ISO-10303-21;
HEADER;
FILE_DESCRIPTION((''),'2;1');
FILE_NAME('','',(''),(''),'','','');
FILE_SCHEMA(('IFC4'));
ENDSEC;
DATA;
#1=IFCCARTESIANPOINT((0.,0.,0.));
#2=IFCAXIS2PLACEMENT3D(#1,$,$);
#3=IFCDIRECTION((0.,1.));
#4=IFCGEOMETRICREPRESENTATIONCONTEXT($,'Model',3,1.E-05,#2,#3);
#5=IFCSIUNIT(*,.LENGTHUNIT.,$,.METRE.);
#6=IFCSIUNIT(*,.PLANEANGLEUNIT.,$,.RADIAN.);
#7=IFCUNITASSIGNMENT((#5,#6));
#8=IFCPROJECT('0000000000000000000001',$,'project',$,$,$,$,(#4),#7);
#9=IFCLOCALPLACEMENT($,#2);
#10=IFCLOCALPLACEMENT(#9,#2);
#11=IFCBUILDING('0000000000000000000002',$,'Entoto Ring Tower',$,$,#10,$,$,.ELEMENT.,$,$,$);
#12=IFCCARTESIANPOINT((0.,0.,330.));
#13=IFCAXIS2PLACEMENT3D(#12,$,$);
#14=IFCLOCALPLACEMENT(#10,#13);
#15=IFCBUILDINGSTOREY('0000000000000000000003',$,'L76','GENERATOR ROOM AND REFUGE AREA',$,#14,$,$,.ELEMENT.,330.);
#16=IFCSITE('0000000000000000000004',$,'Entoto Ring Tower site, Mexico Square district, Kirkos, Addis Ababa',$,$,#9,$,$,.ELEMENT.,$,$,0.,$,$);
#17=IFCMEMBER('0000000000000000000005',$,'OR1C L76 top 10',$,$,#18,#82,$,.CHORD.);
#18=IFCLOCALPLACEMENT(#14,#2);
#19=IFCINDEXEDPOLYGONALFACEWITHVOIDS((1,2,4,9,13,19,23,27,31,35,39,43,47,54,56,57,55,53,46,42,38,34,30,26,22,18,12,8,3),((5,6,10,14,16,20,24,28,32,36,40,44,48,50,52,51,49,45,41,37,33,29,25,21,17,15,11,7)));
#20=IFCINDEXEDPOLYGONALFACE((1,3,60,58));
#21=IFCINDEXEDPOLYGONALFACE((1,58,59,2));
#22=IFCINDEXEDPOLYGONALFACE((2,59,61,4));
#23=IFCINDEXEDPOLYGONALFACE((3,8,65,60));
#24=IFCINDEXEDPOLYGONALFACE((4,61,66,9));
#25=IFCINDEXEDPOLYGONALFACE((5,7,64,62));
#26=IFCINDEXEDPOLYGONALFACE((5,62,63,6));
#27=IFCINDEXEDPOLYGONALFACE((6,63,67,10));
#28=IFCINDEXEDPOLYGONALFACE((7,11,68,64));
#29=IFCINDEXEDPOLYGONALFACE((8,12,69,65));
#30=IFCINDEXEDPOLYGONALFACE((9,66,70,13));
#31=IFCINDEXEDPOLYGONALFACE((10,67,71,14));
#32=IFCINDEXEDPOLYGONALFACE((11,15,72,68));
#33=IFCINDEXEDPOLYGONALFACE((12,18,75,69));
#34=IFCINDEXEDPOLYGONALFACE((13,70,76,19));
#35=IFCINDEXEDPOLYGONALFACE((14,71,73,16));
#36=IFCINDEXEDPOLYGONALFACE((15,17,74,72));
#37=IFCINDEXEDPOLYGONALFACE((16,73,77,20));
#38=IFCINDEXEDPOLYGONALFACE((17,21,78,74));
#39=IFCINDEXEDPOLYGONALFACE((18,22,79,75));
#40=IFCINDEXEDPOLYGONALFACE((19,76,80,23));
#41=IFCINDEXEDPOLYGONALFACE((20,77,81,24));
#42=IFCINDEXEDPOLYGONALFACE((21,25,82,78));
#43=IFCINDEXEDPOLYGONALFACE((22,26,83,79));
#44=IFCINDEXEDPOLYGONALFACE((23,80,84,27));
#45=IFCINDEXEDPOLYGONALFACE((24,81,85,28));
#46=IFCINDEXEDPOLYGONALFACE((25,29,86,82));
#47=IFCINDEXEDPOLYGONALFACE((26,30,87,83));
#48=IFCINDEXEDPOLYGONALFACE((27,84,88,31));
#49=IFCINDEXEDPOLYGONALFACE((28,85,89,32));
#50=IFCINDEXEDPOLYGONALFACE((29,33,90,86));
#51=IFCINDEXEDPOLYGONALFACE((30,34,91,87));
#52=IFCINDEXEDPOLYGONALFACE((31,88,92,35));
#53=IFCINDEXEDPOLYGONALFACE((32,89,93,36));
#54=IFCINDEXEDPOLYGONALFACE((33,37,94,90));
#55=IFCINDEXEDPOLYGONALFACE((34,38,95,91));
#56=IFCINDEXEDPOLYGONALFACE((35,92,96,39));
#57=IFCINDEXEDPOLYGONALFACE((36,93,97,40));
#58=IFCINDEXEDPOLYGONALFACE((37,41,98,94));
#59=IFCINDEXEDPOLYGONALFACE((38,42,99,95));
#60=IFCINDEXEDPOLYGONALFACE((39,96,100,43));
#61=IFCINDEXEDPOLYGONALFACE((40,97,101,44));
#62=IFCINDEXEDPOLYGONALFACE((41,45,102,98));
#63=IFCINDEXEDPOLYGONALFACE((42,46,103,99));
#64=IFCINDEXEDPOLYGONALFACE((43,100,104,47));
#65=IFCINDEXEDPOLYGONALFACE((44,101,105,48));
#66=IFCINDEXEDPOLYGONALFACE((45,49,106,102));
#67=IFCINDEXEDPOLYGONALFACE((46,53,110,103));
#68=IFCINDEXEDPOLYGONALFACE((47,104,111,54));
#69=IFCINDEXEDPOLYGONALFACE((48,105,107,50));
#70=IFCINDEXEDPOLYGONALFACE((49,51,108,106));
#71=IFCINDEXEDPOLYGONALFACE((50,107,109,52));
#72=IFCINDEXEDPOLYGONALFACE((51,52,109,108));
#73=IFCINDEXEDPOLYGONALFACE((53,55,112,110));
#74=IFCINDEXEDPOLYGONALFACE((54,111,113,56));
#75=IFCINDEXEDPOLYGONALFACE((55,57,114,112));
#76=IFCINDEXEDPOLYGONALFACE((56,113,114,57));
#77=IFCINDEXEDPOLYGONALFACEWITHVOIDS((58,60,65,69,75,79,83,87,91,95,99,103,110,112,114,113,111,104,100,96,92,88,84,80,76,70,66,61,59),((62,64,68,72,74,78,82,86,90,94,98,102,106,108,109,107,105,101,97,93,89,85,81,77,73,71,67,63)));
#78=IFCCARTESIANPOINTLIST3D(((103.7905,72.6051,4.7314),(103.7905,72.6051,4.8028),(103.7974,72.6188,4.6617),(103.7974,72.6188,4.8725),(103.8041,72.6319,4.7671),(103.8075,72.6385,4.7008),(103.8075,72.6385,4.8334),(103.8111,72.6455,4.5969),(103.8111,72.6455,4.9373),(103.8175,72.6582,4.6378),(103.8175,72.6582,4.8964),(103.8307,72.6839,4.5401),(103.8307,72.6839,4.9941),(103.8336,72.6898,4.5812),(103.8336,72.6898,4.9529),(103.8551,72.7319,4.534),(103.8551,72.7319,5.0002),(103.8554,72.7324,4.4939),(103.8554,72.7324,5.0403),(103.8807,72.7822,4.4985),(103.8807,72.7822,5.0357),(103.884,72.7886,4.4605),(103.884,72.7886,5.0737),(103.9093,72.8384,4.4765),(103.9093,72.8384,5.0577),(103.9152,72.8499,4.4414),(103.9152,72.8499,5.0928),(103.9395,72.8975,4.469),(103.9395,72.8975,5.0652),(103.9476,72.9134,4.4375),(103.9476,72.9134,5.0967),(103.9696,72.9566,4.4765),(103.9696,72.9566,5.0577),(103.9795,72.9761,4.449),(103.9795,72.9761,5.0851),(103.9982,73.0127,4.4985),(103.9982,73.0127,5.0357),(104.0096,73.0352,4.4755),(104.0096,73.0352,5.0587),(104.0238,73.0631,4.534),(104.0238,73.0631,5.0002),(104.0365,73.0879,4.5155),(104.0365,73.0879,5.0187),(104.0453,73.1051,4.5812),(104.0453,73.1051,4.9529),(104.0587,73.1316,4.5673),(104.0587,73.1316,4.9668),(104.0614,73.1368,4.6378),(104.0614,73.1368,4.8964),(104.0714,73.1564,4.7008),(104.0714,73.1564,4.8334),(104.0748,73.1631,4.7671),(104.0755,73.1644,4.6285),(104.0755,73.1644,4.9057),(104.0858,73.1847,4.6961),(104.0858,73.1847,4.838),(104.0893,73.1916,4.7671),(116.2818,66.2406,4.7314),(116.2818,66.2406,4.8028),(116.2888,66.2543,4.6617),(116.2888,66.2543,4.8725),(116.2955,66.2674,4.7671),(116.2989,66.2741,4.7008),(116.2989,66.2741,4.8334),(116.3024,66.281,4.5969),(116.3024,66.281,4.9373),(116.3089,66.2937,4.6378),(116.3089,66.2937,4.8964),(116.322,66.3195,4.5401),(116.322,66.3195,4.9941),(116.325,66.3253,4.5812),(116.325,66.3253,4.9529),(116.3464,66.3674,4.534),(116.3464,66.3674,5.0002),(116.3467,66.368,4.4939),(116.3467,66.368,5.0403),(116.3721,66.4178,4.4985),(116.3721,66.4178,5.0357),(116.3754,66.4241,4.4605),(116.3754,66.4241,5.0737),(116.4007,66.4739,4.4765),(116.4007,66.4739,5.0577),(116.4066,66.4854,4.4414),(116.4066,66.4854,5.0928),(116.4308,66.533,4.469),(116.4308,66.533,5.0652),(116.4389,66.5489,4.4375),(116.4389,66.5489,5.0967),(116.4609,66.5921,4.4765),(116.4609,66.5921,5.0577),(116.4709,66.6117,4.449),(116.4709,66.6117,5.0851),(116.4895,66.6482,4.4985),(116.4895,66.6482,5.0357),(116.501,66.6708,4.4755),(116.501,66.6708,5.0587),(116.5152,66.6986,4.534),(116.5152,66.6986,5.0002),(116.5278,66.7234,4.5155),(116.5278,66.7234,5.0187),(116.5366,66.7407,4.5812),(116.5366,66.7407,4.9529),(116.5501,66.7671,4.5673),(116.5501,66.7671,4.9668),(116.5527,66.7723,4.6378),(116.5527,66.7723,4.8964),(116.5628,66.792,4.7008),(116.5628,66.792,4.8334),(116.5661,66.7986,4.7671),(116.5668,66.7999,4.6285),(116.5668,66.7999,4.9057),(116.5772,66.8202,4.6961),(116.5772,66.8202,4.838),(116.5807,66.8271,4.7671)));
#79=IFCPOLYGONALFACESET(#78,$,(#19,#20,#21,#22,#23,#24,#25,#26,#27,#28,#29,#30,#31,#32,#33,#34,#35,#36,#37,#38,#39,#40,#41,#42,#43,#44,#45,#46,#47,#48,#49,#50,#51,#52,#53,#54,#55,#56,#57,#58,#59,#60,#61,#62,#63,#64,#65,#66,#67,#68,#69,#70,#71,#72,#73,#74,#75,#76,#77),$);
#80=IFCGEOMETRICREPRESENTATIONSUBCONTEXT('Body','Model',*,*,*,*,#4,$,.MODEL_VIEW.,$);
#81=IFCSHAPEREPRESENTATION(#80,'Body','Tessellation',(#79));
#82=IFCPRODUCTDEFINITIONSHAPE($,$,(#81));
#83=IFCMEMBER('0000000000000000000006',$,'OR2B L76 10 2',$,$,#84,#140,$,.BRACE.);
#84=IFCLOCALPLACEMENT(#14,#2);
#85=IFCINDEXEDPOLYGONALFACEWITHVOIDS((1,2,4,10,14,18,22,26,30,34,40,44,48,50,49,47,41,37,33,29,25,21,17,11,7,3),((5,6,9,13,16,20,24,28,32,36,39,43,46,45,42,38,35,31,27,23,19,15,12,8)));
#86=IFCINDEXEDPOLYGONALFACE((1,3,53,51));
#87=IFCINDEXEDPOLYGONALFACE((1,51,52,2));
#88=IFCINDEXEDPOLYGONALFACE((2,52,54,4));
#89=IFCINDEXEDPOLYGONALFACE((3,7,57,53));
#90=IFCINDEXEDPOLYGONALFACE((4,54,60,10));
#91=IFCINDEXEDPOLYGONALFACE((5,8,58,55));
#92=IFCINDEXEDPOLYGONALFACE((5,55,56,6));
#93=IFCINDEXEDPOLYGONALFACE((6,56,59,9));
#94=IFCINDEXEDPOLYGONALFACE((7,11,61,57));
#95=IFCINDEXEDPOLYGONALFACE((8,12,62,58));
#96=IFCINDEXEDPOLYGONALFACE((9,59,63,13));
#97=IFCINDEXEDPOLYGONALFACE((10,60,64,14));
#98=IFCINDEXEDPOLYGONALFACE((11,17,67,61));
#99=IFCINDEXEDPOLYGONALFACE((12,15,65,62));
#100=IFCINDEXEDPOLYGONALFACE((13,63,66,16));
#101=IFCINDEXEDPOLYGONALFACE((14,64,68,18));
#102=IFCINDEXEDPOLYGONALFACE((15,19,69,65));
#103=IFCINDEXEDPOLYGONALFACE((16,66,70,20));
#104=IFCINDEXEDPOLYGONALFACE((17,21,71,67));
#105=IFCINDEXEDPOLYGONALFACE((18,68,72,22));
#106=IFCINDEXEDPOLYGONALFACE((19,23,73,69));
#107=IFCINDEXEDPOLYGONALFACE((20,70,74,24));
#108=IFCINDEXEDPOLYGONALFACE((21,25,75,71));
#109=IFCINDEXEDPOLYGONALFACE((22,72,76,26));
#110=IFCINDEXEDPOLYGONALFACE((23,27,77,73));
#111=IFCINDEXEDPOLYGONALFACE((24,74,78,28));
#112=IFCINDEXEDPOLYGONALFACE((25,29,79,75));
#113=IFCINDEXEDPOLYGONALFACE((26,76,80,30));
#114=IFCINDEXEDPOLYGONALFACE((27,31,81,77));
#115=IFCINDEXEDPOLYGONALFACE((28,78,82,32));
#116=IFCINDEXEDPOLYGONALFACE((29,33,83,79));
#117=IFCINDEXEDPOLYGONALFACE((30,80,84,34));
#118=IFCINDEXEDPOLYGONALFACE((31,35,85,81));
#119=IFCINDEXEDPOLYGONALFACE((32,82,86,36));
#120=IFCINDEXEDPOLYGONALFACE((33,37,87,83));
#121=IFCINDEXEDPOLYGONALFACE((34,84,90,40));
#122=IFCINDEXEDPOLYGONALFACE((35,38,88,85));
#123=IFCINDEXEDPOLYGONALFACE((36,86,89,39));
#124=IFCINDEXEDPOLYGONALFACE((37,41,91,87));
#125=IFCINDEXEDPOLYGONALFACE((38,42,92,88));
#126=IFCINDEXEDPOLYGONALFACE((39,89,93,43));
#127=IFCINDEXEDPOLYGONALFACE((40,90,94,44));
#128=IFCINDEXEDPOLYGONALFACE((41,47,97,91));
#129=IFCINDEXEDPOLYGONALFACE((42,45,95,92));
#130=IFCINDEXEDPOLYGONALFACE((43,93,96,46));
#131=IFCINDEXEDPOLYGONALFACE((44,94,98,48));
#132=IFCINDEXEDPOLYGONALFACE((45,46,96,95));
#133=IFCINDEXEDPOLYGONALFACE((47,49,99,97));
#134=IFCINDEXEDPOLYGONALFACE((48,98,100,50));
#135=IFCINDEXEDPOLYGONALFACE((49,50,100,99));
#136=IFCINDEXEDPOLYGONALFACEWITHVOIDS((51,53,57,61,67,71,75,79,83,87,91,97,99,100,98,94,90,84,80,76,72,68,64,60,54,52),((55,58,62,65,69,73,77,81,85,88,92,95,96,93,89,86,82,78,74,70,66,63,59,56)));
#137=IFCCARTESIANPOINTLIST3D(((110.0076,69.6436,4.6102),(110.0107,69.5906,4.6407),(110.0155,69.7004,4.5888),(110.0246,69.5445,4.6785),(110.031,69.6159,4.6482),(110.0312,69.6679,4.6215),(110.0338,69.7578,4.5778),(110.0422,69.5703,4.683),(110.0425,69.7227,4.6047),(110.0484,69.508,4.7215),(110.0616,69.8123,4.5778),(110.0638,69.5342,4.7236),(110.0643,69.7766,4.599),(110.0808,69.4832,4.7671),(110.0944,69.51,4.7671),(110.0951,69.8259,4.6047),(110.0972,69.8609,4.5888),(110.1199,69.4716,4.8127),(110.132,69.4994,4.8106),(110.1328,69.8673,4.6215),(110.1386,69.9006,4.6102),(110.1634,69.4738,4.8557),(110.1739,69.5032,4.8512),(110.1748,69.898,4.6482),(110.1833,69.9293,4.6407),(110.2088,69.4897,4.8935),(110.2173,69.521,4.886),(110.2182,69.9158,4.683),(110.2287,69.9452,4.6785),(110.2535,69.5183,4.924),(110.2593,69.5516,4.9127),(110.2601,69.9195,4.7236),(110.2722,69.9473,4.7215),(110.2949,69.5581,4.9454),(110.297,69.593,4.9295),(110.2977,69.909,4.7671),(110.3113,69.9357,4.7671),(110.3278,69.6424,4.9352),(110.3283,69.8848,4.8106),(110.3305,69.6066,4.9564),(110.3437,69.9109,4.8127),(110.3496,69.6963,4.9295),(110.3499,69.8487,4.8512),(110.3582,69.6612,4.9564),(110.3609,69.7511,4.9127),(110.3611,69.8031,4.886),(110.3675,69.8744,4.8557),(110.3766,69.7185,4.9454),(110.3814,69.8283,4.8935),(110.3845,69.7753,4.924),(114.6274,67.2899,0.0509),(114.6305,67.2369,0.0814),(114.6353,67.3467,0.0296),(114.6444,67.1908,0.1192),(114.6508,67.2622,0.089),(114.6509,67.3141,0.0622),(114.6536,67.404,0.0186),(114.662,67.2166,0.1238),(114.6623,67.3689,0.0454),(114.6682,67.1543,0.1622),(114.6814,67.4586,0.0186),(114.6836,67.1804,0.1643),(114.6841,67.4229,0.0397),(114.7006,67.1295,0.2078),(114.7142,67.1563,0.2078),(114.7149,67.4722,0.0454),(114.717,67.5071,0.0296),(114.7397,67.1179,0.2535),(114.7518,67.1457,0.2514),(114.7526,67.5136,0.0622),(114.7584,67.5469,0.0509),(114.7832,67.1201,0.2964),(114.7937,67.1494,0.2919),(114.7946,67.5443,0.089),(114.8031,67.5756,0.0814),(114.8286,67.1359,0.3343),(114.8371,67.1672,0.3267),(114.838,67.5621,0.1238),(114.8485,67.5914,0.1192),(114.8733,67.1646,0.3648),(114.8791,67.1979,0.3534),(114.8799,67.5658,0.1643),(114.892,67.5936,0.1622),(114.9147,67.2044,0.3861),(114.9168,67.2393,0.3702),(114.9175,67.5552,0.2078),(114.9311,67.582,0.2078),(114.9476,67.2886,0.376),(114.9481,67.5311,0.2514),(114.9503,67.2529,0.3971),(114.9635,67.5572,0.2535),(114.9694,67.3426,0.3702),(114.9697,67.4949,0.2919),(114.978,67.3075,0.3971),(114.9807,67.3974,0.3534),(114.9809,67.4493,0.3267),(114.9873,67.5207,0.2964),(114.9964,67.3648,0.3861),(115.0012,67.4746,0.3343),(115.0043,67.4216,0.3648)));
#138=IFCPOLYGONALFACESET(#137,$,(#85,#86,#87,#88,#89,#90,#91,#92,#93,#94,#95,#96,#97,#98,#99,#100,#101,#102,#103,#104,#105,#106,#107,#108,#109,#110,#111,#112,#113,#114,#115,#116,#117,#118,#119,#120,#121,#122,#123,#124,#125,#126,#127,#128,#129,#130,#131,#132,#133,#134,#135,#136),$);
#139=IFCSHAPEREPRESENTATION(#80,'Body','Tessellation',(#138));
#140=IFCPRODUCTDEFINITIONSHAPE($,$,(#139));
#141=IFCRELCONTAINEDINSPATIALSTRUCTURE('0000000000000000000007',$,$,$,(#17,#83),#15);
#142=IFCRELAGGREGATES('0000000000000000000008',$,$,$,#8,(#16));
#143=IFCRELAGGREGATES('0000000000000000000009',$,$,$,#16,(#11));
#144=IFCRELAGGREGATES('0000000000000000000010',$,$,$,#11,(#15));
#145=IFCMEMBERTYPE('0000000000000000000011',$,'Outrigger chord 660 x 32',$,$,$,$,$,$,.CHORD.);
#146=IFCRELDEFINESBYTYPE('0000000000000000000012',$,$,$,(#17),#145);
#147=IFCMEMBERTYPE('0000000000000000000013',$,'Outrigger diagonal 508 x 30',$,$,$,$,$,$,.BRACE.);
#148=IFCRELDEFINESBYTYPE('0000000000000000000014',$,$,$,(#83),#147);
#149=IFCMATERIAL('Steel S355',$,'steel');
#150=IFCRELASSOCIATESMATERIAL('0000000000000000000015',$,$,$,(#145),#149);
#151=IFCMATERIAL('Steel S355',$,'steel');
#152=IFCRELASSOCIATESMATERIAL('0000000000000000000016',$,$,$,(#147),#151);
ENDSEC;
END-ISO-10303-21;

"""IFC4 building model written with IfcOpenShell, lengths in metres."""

from ifc_helpers import new_model, si_unit, direction, frame, origin, origin_2d, place, context, subcontext, project, spatial, circle, hollow_circle, extrude, material, material_profile, profile_set, type_object, element, save


model = new_model("IFC4")

# Units and contexts
model_context = context("Model", 3, precision=1e-05, world=origin(), true_north=direction((0.0, 1.0)))
body_context = subcontext(model_context, "Body", "Model", "MODEL_VIEW")
ifc_project = project(units=[si_unit("LENGTHUNIT", "METRE"), si_unit("PLANEANGLEUNIT", "RADIAN")], contexts=[model_context])

# Site, building, storey
site_placement = place(None, origin())
site = spatial("IfcSite", under=ifc_project, at=site_placement, Name="Entoto Ring Tower site, Mexico Square district, Kirkos, Addis Ababa", CompositionType="ELEMENT", RefElevation=0.0)
building_placement = place(site_placement, origin())
building = spatial("IfcBuilding", under=site, at=building_placement, Name="Entoto Ring Tower", CompositionType="ELEMENT")
storey_placement = place(building_placement, frame((0.0, 0.0, 330.0)))
storey = spatial("IfcBuildingStorey", under=building, at=storey_placement, Name="L76", Description="GENERATOR ROOM AND REFUGE AREA", CompositionType="ELEMENT", Elevation=330.0)

# Members
ifc_material_1 = material(Name="Steel S355", Category="steel")
ifc_material_profile_1 = material_profile(ifc_material_1, hollow_circle(Radius=0.3301, WallThickness=0.032, at=origin_2d()), Name="CHS 660 x 32")
ifc_material_2 = material(Name="Concrete C60/75", Category="concrete")
ifc_material_profile_2 = material_profile(ifc_material_2, circle(Radius=0.2981, at=origin_2d()), Name="Concrete C60/75 infill")
ifc_profile_set_1 = profile_set([ifc_material_profile_1, ifc_material_profile_2], Name="Steel S355")
member_type_1 = type_object("IfcMemberType", Name="Outrigger chord 660 x 32", PredefinedType="CHORD", material=ifc_profile_set_1)
member_1_placement = place(storey_placement, frame((103.9395, 72.8975, 4.7671), z_axis=(0.891013, -0.453978, 0.0), x_axis=(0.453978, 0.891013, 0.0)))
element("IfcMember", 1, at=member_1_placement, inside=storey, type_object=member_type_1, Name="OR1C L76 top 10", PredefinedType="CHORD", context=body_context, shape_type="SweptSolid", body=[
    extrude(hollow_circle(Radius=0.3301, WallThickness=0.032, at=origin_2d()), origin(), (0.0, 0.0, 1.0), 14.0193),
])
ifc_material_3 = material(Name="Steel S355", Category="steel")
ifc_material_profile_3 = material_profile(ifc_material_3, hollow_circle(Radius=0.2539, WallThickness=0.03, at=origin_2d()), Name="CHS 508 x 30")
ifc_material_4 = material(Name="Concrete C60/75", Category="concrete")
ifc_material_profile_4 = material_profile(ifc_material_4, circle(Radius=0.2241, at=origin_2d()), Name="Concrete C60/75 infill")
ifc_profile_set_2 = profile_set([ifc_material_profile_3, ifc_material_profile_4], Name="Steel S355")
member_type_2 = type_object("IfcMemberType", Name="Outrigger diagonal 508 x 30", PredefinedType="BRACE", material=ifc_profile_set_2)
member_2_placement = place(storey_placement, frame((110.196, 69.7095, 4.7671), z_axis=(0.669119, -0.340907, -0.66035), x_axis=(0.453962, 0.891021, 0.0)))
element("IfcMember", 2, at=member_2_placement, inside=storey, type_object=member_type_2, Name="OR2B L76 10 2", PredefinedType="BRACE", context=body_context, shape_type="SweptSolid", body=[
    extrude(hollow_circle(Radius=0.2539, WallThickness=0.03, at=origin_2d()), origin(), (0.0, 0.0, 1.0), 6.9043),
])

save(model, "model.ifc")
